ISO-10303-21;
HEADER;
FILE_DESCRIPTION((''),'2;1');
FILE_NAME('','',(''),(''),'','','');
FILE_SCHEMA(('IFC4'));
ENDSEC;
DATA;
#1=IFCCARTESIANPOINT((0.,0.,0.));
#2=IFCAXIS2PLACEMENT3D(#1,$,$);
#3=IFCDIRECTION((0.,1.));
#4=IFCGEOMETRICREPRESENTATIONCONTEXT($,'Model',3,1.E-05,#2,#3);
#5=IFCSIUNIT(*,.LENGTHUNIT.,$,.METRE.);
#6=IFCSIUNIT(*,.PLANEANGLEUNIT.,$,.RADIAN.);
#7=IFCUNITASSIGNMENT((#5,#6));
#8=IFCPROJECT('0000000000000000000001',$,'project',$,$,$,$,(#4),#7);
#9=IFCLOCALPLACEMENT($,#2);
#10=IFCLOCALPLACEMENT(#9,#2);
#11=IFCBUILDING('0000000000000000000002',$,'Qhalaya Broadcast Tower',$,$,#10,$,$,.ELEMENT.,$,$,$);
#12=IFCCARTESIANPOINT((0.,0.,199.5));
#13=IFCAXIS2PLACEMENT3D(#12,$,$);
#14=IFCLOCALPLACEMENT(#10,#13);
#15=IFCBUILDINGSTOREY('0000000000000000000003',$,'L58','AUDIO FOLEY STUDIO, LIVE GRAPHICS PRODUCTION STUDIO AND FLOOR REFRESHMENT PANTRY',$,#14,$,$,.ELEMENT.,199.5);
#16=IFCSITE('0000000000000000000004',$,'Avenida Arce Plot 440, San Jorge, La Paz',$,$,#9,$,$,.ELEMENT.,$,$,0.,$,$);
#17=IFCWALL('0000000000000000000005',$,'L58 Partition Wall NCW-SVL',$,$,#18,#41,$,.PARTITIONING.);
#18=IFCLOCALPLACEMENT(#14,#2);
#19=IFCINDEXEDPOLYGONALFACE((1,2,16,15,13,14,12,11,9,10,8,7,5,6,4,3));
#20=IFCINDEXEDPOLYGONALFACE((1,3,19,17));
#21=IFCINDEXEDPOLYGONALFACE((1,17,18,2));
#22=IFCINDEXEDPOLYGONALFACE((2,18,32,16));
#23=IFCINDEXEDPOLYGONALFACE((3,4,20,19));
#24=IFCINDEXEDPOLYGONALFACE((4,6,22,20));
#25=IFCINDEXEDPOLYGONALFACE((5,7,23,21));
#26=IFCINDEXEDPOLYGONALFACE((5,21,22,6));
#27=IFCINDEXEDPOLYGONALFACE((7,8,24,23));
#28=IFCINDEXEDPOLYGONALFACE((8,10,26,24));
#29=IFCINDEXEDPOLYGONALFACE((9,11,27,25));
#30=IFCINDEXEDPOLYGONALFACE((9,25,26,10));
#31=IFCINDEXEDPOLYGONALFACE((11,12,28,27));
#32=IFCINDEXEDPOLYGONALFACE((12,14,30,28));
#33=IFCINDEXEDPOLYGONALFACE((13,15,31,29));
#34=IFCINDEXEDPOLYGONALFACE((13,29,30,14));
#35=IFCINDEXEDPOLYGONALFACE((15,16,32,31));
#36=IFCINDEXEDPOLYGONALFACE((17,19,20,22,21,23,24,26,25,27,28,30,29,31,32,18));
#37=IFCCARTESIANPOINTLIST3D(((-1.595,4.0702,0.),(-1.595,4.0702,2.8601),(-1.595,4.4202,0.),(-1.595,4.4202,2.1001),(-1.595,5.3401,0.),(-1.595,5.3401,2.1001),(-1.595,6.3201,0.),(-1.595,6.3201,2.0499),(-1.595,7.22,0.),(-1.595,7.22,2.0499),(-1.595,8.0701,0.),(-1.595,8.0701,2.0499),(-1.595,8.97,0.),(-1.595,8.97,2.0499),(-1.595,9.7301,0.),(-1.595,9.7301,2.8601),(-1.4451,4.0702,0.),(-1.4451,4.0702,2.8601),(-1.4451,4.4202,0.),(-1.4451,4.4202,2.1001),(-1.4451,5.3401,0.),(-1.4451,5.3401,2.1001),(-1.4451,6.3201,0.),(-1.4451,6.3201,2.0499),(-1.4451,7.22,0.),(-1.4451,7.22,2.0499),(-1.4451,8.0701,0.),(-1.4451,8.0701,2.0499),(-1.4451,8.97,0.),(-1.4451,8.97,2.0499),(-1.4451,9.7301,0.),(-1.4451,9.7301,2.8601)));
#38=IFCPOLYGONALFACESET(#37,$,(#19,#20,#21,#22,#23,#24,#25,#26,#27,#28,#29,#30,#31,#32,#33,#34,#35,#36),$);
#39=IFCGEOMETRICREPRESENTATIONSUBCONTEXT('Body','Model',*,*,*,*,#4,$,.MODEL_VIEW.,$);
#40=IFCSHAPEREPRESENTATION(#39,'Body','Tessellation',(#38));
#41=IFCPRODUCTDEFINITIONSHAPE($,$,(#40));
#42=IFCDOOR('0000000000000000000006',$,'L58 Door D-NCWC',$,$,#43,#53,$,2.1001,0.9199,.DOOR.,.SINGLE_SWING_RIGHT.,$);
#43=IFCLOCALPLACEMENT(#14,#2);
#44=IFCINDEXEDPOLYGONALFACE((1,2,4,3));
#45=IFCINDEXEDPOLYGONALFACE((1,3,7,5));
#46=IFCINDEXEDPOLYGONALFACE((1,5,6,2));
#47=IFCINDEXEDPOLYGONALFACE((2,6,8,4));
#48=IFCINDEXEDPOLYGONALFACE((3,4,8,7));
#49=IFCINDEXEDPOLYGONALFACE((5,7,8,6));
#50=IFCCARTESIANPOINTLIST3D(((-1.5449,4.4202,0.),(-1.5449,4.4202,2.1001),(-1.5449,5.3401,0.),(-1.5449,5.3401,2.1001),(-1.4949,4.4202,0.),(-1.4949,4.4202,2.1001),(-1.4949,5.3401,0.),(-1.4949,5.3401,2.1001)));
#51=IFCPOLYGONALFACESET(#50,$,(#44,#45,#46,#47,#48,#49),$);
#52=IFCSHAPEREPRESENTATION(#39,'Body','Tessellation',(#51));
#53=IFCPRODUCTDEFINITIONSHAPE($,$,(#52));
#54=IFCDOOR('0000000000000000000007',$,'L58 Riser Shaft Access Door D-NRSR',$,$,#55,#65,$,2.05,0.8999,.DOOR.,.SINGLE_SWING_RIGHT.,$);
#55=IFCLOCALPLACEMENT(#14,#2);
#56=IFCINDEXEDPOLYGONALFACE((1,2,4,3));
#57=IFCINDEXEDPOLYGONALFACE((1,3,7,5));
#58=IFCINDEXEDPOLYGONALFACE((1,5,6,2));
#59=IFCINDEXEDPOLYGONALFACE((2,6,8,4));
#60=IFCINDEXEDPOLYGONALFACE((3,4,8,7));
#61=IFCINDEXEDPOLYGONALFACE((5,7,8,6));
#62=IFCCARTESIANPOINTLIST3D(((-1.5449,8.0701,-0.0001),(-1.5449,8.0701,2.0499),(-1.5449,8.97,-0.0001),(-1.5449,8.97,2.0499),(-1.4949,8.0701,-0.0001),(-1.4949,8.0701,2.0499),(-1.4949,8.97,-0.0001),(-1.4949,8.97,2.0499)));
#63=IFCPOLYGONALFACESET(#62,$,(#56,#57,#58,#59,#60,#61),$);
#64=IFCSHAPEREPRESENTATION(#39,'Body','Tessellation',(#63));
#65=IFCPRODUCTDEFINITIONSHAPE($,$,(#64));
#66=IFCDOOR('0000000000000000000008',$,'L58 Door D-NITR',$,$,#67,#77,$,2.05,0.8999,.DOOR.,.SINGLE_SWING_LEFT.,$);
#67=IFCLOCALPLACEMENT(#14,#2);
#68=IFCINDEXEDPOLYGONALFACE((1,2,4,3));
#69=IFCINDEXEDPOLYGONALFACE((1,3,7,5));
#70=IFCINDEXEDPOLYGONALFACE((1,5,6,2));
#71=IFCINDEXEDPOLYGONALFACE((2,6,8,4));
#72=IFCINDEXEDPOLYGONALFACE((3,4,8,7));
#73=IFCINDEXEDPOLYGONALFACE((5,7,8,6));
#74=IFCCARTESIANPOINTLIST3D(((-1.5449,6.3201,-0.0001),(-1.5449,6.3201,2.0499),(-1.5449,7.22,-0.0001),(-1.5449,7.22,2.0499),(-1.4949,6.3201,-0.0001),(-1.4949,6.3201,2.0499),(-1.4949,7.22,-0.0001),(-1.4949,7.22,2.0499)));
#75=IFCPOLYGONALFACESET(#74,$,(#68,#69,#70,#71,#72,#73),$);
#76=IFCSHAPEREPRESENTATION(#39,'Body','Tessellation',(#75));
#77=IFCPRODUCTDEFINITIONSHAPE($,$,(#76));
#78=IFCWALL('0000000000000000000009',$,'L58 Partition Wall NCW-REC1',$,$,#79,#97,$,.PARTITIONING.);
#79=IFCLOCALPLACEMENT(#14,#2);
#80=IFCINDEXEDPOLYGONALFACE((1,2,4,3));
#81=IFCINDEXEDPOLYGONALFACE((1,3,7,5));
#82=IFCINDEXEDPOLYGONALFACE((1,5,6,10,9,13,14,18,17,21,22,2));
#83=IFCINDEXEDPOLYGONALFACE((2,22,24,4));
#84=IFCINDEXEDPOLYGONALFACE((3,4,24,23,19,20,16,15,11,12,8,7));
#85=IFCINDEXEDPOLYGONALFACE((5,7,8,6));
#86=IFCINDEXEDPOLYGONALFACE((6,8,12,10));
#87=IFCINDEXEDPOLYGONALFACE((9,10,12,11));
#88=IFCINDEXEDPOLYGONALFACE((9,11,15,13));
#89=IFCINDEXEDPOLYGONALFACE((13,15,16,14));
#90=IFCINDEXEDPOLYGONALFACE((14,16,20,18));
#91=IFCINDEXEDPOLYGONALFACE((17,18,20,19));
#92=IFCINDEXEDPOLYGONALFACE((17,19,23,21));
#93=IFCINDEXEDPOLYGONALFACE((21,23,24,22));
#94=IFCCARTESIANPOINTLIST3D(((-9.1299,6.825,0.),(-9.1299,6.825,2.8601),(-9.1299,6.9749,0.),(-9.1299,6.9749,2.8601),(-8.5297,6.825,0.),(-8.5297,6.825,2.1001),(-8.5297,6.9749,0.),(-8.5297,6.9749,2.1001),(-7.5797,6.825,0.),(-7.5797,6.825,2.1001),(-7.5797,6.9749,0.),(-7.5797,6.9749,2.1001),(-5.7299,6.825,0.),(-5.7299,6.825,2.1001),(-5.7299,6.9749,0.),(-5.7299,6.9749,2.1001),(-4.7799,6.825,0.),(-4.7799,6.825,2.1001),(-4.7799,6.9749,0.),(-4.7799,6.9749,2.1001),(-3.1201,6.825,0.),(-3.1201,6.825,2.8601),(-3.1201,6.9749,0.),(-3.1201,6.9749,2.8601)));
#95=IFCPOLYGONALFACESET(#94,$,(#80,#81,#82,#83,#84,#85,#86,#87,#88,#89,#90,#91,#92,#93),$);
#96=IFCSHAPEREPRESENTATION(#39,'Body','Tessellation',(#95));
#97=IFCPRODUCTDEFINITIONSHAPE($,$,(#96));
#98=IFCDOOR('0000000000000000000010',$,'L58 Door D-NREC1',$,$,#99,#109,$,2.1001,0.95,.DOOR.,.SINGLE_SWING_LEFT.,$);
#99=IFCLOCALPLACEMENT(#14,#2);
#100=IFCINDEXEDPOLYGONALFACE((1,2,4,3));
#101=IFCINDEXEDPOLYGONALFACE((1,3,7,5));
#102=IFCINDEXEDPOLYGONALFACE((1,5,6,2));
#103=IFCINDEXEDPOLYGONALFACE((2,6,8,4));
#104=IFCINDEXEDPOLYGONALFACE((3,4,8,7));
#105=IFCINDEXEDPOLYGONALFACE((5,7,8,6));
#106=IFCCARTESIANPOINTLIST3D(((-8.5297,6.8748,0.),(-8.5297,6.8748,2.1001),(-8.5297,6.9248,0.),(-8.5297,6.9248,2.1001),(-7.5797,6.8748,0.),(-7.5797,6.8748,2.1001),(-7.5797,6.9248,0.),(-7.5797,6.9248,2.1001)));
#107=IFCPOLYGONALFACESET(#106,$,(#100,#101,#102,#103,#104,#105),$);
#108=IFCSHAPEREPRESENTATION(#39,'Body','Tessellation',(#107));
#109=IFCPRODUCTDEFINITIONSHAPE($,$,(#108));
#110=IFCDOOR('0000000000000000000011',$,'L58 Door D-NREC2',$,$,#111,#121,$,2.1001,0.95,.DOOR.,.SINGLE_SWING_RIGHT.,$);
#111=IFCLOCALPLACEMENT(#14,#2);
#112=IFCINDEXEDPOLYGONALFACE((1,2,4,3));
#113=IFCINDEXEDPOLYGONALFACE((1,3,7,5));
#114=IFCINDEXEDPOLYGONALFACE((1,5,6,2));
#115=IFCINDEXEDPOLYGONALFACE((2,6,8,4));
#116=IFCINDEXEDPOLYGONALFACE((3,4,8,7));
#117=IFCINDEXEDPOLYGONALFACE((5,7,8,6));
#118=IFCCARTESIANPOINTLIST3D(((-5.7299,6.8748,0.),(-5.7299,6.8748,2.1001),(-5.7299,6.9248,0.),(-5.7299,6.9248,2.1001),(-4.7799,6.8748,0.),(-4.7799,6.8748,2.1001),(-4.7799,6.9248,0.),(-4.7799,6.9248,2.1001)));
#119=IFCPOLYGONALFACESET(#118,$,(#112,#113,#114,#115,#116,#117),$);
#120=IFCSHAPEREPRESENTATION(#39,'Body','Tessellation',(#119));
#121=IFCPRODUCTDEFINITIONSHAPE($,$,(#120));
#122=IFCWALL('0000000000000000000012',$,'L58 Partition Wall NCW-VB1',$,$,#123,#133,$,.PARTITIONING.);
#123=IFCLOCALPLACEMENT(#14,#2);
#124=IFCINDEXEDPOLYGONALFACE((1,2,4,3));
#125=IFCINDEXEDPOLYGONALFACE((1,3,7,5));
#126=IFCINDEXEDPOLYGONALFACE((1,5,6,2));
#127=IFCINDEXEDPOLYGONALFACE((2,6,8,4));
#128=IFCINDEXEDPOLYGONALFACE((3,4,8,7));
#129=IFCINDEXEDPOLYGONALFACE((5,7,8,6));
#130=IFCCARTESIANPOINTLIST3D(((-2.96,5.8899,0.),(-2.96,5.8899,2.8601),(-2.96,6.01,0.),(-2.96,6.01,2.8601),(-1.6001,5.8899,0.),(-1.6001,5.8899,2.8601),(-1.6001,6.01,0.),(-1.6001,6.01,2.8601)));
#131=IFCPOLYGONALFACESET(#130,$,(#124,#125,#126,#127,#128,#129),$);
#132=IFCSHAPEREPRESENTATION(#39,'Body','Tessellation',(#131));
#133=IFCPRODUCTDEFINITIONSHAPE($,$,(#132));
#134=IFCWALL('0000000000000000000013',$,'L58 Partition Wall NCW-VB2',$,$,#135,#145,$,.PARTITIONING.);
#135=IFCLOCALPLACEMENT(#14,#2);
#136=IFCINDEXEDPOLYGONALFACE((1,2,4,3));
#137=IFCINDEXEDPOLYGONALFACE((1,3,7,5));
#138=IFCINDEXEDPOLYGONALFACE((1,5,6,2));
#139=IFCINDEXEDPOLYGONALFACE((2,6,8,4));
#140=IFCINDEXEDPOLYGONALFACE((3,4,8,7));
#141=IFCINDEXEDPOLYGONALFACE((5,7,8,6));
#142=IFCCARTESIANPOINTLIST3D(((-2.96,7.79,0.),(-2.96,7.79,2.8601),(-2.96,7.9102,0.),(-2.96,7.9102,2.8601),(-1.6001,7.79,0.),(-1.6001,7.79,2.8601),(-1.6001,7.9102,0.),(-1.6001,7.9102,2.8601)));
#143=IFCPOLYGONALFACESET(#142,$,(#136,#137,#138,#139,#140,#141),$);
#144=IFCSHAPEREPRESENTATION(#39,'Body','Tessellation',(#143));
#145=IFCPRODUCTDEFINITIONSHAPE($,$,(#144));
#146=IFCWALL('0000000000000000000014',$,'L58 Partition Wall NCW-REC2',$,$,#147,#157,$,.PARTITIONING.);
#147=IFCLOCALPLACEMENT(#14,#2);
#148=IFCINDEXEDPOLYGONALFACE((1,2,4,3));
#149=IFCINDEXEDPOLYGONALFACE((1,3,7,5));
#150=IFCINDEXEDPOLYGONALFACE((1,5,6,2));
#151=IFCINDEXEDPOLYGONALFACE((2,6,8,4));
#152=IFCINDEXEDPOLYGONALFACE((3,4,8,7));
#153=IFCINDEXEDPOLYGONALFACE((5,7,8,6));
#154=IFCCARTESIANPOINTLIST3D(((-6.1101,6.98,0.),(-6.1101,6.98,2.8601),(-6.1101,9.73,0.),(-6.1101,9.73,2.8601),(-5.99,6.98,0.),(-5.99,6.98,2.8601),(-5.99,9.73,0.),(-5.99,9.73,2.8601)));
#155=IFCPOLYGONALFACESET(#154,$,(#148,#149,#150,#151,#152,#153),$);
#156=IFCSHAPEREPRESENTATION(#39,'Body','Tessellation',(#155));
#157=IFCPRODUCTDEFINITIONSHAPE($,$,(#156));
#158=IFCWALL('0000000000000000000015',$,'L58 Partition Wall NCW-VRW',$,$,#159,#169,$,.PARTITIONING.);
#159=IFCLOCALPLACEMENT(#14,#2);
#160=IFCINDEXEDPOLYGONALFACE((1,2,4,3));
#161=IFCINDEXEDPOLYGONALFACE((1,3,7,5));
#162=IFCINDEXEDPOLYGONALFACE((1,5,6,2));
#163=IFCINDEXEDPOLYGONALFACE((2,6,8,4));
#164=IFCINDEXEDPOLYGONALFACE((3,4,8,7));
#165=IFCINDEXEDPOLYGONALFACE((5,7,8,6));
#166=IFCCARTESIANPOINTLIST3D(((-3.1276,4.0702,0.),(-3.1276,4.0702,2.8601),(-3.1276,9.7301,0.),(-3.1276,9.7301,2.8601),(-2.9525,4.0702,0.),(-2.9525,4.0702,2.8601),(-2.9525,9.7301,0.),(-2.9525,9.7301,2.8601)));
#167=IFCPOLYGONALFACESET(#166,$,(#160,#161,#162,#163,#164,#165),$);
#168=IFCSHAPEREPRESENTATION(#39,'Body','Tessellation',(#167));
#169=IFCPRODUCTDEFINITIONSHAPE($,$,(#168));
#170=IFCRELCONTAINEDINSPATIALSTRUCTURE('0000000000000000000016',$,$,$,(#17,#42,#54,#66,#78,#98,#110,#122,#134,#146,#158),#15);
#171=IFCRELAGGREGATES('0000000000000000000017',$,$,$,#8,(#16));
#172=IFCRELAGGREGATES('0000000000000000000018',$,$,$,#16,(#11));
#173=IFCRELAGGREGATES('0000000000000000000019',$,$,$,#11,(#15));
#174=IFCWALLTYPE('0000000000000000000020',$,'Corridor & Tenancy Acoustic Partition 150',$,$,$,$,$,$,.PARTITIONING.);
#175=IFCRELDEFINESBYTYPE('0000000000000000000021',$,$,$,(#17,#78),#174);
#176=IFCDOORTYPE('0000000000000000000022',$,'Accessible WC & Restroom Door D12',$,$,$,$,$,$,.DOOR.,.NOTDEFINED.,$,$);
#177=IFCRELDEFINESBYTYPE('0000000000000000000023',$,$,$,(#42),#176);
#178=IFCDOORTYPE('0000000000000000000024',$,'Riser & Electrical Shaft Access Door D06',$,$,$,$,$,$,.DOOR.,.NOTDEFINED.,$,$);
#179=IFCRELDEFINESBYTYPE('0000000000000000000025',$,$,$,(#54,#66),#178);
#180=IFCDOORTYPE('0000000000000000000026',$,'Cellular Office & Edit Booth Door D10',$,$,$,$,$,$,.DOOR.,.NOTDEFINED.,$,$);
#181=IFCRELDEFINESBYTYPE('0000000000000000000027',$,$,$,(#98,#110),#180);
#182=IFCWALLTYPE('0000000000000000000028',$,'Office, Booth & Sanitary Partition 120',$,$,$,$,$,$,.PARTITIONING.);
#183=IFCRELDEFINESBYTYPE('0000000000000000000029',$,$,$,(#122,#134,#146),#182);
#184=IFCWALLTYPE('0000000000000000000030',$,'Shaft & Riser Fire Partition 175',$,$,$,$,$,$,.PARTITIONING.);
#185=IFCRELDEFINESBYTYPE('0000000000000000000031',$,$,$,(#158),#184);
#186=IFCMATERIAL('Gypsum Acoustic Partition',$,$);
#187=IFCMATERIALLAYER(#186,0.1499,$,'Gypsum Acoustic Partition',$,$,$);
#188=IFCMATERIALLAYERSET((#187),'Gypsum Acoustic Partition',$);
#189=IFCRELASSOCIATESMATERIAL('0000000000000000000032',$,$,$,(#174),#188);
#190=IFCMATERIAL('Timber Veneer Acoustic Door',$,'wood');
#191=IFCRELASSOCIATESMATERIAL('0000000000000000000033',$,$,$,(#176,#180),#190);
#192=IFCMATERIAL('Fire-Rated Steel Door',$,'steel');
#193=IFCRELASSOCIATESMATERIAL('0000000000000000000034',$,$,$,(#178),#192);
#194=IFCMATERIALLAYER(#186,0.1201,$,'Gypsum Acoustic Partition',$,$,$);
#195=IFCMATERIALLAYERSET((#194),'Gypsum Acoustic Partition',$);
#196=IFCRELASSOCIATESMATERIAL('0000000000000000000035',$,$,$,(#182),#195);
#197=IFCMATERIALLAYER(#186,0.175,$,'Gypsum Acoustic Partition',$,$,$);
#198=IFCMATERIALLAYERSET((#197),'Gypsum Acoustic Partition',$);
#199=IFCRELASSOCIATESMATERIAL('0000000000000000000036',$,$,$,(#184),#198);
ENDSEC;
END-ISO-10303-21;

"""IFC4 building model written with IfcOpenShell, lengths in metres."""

from ifc_helpers import new_model, si_unit, direction, frame, frame_2d, origin, place, context, subcontext, project, spatial, rectangle, extrude, material, layer, layer_set, type_object, element, fill, save


model = new_model("IFC4")

# Units and contexts
model_context = context("Model", 3, precision=1e-05, world=origin(), true_north=direction((0.0, 1.0)))
body_context = subcontext(model_context, "Body", "Model", "MODEL_VIEW")
ifc_project = project(units=[si_unit("LENGTHUNIT", "METRE"), si_unit("PLANEANGLEUNIT", "RADIAN")], contexts=[model_context])

# Site, building, storey
site_placement = place(None, origin())
site = spatial("IfcSite", under=ifc_project, at=site_placement, Name="Avenida Arce Plot 440, San Jorge, La Paz", CompositionType="ELEMENT", RefElevation=0.0)
building_placement = place(site_placement, origin())
building = spatial("IfcBuilding", under=site, at=building_placement, Name="Qhalaya Broadcast Tower", CompositionType="ELEMENT")
storey_placement = place(building_placement, frame((0.0, 0.0, 199.5)))
storey = spatial("IfcBuildingStorey", under=building, at=storey_placement, Name="L58", Description="AUDIO FOLEY STUDIO, LIVE GRAPHICS PRODUCTION STUDIO AND FLOOR REFRESHMENT PANTRY", CompositionType="ELEMENT", Elevation=199.5)

# Walls, openings, doors
ifc_material_1 = material(Name="Gypsum Acoustic Partition")
ifc_layer_1 = layer(ifc_material_1, 0.1499, Name="Gypsum Acoustic Partition")
ifc_layer_set_1 = layer_set([ifc_layer_1], Name="Gypsum Acoustic Partition")
wall_type_1 = type_object("IfcWallType", Name="Corridor & Tenancy Acoustic Partition 150", PredefinedType="PARTITIONING", material=ifc_layer_set_1)
wall_1_placement = place(storey_placement, frame((-1.52, 4.0701, 0.0), z_axis=(0.0, 0.0, 1.0), x_axis=(0.0, 1.0, 0.0)))
wall_1 = element("IfcWall", 1, at=wall_1_placement, inside=storey, type_object=wall_type_1, Name="L58 Partition Wall NCW-SVL", PredefinedType="PARTITIONING", context=body_context, shape_type="SweptSolid", body=[
    extrude(rectangle(XDim=5.6599, YDim=0.1499, at=frame_2d((2.8301, 0.0))), origin(), (0.0, 0.0, 1.0), 2.8601),
])
opening_1_placement = place(wall_1_placement, frame((4.0, 0.0, 0.0)))
opening_1 = element("IfcOpeningElement", 2, at=opening_1_placement, cuts=wall_1, PredefinedType="OPENING", context=body_context, shape_type="SweptSolid", body=[
    extrude(rectangle(XDim=0.8999, YDim=2.05, at=frame_2d((0.45, 1.0249))), frame((0.0, 0.0869, 0.0), z_axis=(0.0, -1.0, 0.0), x_axis=(1.0, 0.0, 0.0)), (0.0, 0.0, 1.0), 0.1738),
])
opening_2_placement = place(wall_1_placement, frame((2.25, 0.0, 0.0)))
opening_2 = element("IfcOpeningElement", 3, at=opening_2_placement, cuts=wall_1, PredefinedType="OPENING", context=body_context, shape_type="SweptSolid", body=[
    extrude(rectangle(XDim=0.8999, YDim=2.05, at=frame_2d((0.45, 1.0249))), frame((0.0, 0.0869, 0.0), z_axis=(0.0, -1.0, 0.0), x_axis=(1.0, 0.0, 0.0)), (0.0, 0.0, 1.0), 0.1738),
])
opening_3_placement = place(wall_1_placement, frame((0.3501, 0.0, 0.0)))
opening_3 = element("IfcOpeningElement", 4, at=opening_3_placement, cuts=wall_1, PredefinedType="OPENING", context=body_context, shape_type="SweptSolid", body=[
    extrude(rectangle(XDim=0.9199, YDim=2.1001, at=frame_2d((0.46, 1.05))), frame((0.0, 0.0869, 0.0), z_axis=(0.0, -1.0, 0.0), x_axis=(1.0, 0.0, 0.0)), (0.0, 0.0, 1.0), 0.1738),
])
ifc_material_2 = material(Name="Timber Veneer Acoustic Door", Category="wood")
door_type_1 = type_object("IfcDoorType", Name="Accessible WC & Restroom Door D12", OperationType="NOTDEFINED", PredefinedType="DOOR", material=ifc_material_2)
door_1_placement = place(opening_3_placement, origin())
door_1 = element("IfcDoor", 5, at=door_1_placement, inside=storey, type_object=door_type_1, Name="L58 Door D-NCWC", OperationType="SINGLE_SWING_RIGHT", OverallHeight=2.1001, OverallWidth=0.9199, PredefinedType="DOOR", context=body_context, shape_type="SweptSolid", body=[
    extrude(rectangle(XDim=0.9199, YDim=2.1001, at=frame_2d((0.46, 1.05))), frame((0.0, 0.0249, 0.0), z_axis=(0.0, -1.0, 0.0), x_axis=(1.0, 0.0, 0.0)), (0.0, 0.0, 1.0), 0.05),
])
fill(opening_3, door_1)
ifc_material_3 = material(Name="Fire-Rated Steel Door", Category="steel")
door_type_2 = type_object("IfcDoorType", Name="Riser & Electrical Shaft Access Door D06", OperationType="NOTDEFINED", PredefinedType="DOOR", material=ifc_material_3)
door_2_placement = place(opening_1_placement, origin())
door_2 = element("IfcDoor", 6, at=door_2_placement, inside=storey, type_object=door_type_2, Name="L58 Riser Shaft Access Door D-NRSR", OperationType="SINGLE_SWING_RIGHT", OverallHeight=2.05, OverallWidth=0.8999, PredefinedType="DOOR", context=body_context, shape_type="SweptSolid", body=[
    extrude(rectangle(XDim=0.8999, YDim=2.05, at=frame_2d((0.45, 1.0249))), frame((0.0, 0.0249, 0.0), z_axis=(0.0, -1.0, 0.0), x_axis=(1.0, 0.0, 0.0)), (0.0, 0.0, 1.0), 0.05),
])
fill(opening_1, door_2)
door_3_placement = place(opening_2_placement, origin())
door_3 = element("IfcDoor", 7, at=door_3_placement, inside=storey, type_object=door_type_2, Name="L58 Door D-NITR", OperationType="SINGLE_SWING_LEFT", OverallHeight=2.05, OverallWidth=0.8999, PredefinedType="DOOR", context=body_context, shape_type="SweptSolid", body=[
    extrude(rectangle(XDim=0.8999, YDim=2.05, at=frame_2d((0.45, 1.0249))), frame((0.0, 0.0249, 0.0), z_axis=(0.0, -1.0, 0.0), x_axis=(1.0, 0.0, 0.0)), (0.0, 0.0, 1.0), 0.05),
])
fill(opening_2, door_3)
wall_2_placement = place(storey_placement, frame((-9.1299, 6.8999, 0.0), z_axis=(0.0, 0.0, 1.0), x_axis=(1.0, 0.0, 0.0)))
wall_2 = element("IfcWall", 8, at=wall_2_placement, inside=storey, type_object=wall_type_1, Name="L58 Partition Wall NCW-REC1", PredefinedType="PARTITIONING", context=body_context, shape_type="SweptSolid", body=[
    extrude(rectangle(XDim=6.0098, YDim=0.1499, at=frame_2d((3.0049, 0.0))), origin(), (0.0, 0.0, 1.0), 2.8601),
])
opening_4_placement = place(wall_2_placement, frame((0.6001, 0.0, 0.0)))
opening_4 = element("IfcOpeningElement", 9, at=opening_4_placement, cuts=wall_2, PredefinedType="OPENING", context=body_context, shape_type="SweptSolid", body=[
    extrude(rectangle(XDim=0.95, YDim=2.1001, at=frame_2d((0.4751, 1.05))), frame((0.0, 0.0869, 0.0), z_axis=(0.0, -1.0, 0.0), x_axis=(1.0, 0.0, 0.0)), (0.0, 0.0, 1.0), 0.1738),
])
opening_5_placement = place(wall_2_placement, frame((3.3999, 0.0, 0.0)))
opening_5 = element("IfcOpeningElement", 10, at=opening_5_placement, cuts=wall_2, PredefinedType="OPENING", context=body_context, shape_type="SweptSolid", body=[
    extrude(rectangle(XDim=0.95, YDim=2.1001, at=frame_2d((0.4751, 1.05))), frame((0.0, 0.0869, 0.0), z_axis=(0.0, -1.0, 0.0), x_axis=(1.0, 0.0, 0.0)), (0.0, 0.0, 1.0), 0.1738),
])
door_type_3 = type_object("IfcDoorType", Name="Cellular Office & Edit Booth Door D10", OperationType="NOTDEFINED", PredefinedType="DOOR", material=ifc_material_2)
door_4_placement = place(opening_4_placement, origin())
door_4 = element("IfcDoor", 11, at=door_4_placement, inside=storey, type_object=door_type_3, Name="L58 Door D-NREC1", OperationType="SINGLE_SWING_LEFT", OverallHeight=2.1001, OverallWidth=0.95, PredefinedType="DOOR", context=body_context, shape_type="SweptSolid", body=[
    extrude(rectangle(XDim=0.95, YDim=2.1001, at=frame_2d((0.4751, 1.05))), frame((0.0, 0.0249, 0.0), z_axis=(0.0, -1.0, 0.0), x_axis=(1.0, 0.0, 0.0)), (0.0, 0.0, 1.0), 0.05),
])
fill(opening_4, door_4)
door_5_placement = place(opening_5_placement, origin())
door_5 = element("IfcDoor", 12, at=door_5_placement, inside=storey, type_object=door_type_3, Name="L58 Door D-NREC2", OperationType="SINGLE_SWING_RIGHT", OverallHeight=2.1001, OverallWidth=0.95, PredefinedType="DOOR", context=body_context, shape_type="SweptSolid", body=[
    extrude(rectangle(XDim=0.95, YDim=2.1001, at=frame_2d((0.4751, 1.05))), frame((0.0, 0.0249, 0.0), z_axis=(0.0, -1.0, 0.0), x_axis=(1.0, 0.0, 0.0)), (0.0, 0.0, 1.0), 0.05),
])
fill(opening_5, door_5)

# Walls
ifc_layer_2 = layer(ifc_material_1, 0.1201, Name="Gypsum Acoustic Partition")
ifc_layer_set_2 = layer_set([ifc_layer_2], Name="Gypsum Acoustic Partition")
wall_type_2 = type_object("IfcWallType", Name="Office, Booth & Sanitary Partition 120", PredefinedType="PARTITIONING", material=ifc_layer_set_2)
for number, where, z_axis, x_axis, name in (
    (13, (-2.96, 5.95, 0.0), (0.0, 0.0, 1.0), (1.0, 0.0, 0.0), "L58 Partition Wall NCW-VB1"),
    (14, (-2.96, 7.8501, 0.0), (0.0, 0.0, 1.0), (1.0, 0.0, 0.0), "L58 Partition Wall NCW-VB2"),
):
    element("IfcWall", number, at=place(storey_placement, frame(where, z_axis=z_axis, x_axis=x_axis)), inside=storey, type_object=wall_type_2, Name=name, PredefinedType="PARTITIONING", context=body_context, shape_type="SweptSolid", body=[
        extrude(rectangle(XDim=1.3599, YDim=0.1201, at=frame_2d((0.6799, 0.0))), origin(), (0.0, 0.0, 1.0), 2.8601),
    ])
wall_3_placement = place(storey_placement, frame((-6.05, 6.98, 0.0), z_axis=(0.0, 0.0, 1.0), x_axis=(0.0, 1.0, 0.0)))
element("IfcWall", 15, at=wall_3_placement, inside=storey, type_object=wall_type_2, Name="L58 Partition Wall NCW-REC2", PredefinedType="PARTITIONING", context=body_context, shape_type="SweptSolid", body=[
    extrude(rectangle(XDim=2.75, YDim=0.1201, at=frame_2d((1.375, 0.0))), origin(), (0.0, 0.0, 1.0), 2.8601),
])
ifc_layer_3 = layer(ifc_material_1, 0.175, Name="Gypsum Acoustic Partition")
ifc_layer_set_3 = layer_set([ifc_layer_3], Name="Gypsum Acoustic Partition")
wall_type_3 = type_object("IfcWallType", Name="Shaft & Riser Fire Partition 175", PredefinedType="PARTITIONING", material=ifc_layer_set_3)
wall_4_placement = place(storey_placement, frame((-3.04, 4.0701, 0.0), z_axis=(0.0, 0.0, 1.0), x_axis=(0.0, 1.0, 0.0)))
element("IfcWall", 16, at=wall_4_placement, inside=storey, type_object=wall_type_3, Name="L58 Partition Wall NCW-VRW", PredefinedType="PARTITIONING", context=body_context, shape_type="SweptSolid", body=[
    extrude(rectangle(XDim=5.6599, YDim=0.175, at=frame_2d((2.8301, 0.0))), origin(), (0.0, 0.0, 1.0), 2.8601),
])

save(model, "model.ifc")
